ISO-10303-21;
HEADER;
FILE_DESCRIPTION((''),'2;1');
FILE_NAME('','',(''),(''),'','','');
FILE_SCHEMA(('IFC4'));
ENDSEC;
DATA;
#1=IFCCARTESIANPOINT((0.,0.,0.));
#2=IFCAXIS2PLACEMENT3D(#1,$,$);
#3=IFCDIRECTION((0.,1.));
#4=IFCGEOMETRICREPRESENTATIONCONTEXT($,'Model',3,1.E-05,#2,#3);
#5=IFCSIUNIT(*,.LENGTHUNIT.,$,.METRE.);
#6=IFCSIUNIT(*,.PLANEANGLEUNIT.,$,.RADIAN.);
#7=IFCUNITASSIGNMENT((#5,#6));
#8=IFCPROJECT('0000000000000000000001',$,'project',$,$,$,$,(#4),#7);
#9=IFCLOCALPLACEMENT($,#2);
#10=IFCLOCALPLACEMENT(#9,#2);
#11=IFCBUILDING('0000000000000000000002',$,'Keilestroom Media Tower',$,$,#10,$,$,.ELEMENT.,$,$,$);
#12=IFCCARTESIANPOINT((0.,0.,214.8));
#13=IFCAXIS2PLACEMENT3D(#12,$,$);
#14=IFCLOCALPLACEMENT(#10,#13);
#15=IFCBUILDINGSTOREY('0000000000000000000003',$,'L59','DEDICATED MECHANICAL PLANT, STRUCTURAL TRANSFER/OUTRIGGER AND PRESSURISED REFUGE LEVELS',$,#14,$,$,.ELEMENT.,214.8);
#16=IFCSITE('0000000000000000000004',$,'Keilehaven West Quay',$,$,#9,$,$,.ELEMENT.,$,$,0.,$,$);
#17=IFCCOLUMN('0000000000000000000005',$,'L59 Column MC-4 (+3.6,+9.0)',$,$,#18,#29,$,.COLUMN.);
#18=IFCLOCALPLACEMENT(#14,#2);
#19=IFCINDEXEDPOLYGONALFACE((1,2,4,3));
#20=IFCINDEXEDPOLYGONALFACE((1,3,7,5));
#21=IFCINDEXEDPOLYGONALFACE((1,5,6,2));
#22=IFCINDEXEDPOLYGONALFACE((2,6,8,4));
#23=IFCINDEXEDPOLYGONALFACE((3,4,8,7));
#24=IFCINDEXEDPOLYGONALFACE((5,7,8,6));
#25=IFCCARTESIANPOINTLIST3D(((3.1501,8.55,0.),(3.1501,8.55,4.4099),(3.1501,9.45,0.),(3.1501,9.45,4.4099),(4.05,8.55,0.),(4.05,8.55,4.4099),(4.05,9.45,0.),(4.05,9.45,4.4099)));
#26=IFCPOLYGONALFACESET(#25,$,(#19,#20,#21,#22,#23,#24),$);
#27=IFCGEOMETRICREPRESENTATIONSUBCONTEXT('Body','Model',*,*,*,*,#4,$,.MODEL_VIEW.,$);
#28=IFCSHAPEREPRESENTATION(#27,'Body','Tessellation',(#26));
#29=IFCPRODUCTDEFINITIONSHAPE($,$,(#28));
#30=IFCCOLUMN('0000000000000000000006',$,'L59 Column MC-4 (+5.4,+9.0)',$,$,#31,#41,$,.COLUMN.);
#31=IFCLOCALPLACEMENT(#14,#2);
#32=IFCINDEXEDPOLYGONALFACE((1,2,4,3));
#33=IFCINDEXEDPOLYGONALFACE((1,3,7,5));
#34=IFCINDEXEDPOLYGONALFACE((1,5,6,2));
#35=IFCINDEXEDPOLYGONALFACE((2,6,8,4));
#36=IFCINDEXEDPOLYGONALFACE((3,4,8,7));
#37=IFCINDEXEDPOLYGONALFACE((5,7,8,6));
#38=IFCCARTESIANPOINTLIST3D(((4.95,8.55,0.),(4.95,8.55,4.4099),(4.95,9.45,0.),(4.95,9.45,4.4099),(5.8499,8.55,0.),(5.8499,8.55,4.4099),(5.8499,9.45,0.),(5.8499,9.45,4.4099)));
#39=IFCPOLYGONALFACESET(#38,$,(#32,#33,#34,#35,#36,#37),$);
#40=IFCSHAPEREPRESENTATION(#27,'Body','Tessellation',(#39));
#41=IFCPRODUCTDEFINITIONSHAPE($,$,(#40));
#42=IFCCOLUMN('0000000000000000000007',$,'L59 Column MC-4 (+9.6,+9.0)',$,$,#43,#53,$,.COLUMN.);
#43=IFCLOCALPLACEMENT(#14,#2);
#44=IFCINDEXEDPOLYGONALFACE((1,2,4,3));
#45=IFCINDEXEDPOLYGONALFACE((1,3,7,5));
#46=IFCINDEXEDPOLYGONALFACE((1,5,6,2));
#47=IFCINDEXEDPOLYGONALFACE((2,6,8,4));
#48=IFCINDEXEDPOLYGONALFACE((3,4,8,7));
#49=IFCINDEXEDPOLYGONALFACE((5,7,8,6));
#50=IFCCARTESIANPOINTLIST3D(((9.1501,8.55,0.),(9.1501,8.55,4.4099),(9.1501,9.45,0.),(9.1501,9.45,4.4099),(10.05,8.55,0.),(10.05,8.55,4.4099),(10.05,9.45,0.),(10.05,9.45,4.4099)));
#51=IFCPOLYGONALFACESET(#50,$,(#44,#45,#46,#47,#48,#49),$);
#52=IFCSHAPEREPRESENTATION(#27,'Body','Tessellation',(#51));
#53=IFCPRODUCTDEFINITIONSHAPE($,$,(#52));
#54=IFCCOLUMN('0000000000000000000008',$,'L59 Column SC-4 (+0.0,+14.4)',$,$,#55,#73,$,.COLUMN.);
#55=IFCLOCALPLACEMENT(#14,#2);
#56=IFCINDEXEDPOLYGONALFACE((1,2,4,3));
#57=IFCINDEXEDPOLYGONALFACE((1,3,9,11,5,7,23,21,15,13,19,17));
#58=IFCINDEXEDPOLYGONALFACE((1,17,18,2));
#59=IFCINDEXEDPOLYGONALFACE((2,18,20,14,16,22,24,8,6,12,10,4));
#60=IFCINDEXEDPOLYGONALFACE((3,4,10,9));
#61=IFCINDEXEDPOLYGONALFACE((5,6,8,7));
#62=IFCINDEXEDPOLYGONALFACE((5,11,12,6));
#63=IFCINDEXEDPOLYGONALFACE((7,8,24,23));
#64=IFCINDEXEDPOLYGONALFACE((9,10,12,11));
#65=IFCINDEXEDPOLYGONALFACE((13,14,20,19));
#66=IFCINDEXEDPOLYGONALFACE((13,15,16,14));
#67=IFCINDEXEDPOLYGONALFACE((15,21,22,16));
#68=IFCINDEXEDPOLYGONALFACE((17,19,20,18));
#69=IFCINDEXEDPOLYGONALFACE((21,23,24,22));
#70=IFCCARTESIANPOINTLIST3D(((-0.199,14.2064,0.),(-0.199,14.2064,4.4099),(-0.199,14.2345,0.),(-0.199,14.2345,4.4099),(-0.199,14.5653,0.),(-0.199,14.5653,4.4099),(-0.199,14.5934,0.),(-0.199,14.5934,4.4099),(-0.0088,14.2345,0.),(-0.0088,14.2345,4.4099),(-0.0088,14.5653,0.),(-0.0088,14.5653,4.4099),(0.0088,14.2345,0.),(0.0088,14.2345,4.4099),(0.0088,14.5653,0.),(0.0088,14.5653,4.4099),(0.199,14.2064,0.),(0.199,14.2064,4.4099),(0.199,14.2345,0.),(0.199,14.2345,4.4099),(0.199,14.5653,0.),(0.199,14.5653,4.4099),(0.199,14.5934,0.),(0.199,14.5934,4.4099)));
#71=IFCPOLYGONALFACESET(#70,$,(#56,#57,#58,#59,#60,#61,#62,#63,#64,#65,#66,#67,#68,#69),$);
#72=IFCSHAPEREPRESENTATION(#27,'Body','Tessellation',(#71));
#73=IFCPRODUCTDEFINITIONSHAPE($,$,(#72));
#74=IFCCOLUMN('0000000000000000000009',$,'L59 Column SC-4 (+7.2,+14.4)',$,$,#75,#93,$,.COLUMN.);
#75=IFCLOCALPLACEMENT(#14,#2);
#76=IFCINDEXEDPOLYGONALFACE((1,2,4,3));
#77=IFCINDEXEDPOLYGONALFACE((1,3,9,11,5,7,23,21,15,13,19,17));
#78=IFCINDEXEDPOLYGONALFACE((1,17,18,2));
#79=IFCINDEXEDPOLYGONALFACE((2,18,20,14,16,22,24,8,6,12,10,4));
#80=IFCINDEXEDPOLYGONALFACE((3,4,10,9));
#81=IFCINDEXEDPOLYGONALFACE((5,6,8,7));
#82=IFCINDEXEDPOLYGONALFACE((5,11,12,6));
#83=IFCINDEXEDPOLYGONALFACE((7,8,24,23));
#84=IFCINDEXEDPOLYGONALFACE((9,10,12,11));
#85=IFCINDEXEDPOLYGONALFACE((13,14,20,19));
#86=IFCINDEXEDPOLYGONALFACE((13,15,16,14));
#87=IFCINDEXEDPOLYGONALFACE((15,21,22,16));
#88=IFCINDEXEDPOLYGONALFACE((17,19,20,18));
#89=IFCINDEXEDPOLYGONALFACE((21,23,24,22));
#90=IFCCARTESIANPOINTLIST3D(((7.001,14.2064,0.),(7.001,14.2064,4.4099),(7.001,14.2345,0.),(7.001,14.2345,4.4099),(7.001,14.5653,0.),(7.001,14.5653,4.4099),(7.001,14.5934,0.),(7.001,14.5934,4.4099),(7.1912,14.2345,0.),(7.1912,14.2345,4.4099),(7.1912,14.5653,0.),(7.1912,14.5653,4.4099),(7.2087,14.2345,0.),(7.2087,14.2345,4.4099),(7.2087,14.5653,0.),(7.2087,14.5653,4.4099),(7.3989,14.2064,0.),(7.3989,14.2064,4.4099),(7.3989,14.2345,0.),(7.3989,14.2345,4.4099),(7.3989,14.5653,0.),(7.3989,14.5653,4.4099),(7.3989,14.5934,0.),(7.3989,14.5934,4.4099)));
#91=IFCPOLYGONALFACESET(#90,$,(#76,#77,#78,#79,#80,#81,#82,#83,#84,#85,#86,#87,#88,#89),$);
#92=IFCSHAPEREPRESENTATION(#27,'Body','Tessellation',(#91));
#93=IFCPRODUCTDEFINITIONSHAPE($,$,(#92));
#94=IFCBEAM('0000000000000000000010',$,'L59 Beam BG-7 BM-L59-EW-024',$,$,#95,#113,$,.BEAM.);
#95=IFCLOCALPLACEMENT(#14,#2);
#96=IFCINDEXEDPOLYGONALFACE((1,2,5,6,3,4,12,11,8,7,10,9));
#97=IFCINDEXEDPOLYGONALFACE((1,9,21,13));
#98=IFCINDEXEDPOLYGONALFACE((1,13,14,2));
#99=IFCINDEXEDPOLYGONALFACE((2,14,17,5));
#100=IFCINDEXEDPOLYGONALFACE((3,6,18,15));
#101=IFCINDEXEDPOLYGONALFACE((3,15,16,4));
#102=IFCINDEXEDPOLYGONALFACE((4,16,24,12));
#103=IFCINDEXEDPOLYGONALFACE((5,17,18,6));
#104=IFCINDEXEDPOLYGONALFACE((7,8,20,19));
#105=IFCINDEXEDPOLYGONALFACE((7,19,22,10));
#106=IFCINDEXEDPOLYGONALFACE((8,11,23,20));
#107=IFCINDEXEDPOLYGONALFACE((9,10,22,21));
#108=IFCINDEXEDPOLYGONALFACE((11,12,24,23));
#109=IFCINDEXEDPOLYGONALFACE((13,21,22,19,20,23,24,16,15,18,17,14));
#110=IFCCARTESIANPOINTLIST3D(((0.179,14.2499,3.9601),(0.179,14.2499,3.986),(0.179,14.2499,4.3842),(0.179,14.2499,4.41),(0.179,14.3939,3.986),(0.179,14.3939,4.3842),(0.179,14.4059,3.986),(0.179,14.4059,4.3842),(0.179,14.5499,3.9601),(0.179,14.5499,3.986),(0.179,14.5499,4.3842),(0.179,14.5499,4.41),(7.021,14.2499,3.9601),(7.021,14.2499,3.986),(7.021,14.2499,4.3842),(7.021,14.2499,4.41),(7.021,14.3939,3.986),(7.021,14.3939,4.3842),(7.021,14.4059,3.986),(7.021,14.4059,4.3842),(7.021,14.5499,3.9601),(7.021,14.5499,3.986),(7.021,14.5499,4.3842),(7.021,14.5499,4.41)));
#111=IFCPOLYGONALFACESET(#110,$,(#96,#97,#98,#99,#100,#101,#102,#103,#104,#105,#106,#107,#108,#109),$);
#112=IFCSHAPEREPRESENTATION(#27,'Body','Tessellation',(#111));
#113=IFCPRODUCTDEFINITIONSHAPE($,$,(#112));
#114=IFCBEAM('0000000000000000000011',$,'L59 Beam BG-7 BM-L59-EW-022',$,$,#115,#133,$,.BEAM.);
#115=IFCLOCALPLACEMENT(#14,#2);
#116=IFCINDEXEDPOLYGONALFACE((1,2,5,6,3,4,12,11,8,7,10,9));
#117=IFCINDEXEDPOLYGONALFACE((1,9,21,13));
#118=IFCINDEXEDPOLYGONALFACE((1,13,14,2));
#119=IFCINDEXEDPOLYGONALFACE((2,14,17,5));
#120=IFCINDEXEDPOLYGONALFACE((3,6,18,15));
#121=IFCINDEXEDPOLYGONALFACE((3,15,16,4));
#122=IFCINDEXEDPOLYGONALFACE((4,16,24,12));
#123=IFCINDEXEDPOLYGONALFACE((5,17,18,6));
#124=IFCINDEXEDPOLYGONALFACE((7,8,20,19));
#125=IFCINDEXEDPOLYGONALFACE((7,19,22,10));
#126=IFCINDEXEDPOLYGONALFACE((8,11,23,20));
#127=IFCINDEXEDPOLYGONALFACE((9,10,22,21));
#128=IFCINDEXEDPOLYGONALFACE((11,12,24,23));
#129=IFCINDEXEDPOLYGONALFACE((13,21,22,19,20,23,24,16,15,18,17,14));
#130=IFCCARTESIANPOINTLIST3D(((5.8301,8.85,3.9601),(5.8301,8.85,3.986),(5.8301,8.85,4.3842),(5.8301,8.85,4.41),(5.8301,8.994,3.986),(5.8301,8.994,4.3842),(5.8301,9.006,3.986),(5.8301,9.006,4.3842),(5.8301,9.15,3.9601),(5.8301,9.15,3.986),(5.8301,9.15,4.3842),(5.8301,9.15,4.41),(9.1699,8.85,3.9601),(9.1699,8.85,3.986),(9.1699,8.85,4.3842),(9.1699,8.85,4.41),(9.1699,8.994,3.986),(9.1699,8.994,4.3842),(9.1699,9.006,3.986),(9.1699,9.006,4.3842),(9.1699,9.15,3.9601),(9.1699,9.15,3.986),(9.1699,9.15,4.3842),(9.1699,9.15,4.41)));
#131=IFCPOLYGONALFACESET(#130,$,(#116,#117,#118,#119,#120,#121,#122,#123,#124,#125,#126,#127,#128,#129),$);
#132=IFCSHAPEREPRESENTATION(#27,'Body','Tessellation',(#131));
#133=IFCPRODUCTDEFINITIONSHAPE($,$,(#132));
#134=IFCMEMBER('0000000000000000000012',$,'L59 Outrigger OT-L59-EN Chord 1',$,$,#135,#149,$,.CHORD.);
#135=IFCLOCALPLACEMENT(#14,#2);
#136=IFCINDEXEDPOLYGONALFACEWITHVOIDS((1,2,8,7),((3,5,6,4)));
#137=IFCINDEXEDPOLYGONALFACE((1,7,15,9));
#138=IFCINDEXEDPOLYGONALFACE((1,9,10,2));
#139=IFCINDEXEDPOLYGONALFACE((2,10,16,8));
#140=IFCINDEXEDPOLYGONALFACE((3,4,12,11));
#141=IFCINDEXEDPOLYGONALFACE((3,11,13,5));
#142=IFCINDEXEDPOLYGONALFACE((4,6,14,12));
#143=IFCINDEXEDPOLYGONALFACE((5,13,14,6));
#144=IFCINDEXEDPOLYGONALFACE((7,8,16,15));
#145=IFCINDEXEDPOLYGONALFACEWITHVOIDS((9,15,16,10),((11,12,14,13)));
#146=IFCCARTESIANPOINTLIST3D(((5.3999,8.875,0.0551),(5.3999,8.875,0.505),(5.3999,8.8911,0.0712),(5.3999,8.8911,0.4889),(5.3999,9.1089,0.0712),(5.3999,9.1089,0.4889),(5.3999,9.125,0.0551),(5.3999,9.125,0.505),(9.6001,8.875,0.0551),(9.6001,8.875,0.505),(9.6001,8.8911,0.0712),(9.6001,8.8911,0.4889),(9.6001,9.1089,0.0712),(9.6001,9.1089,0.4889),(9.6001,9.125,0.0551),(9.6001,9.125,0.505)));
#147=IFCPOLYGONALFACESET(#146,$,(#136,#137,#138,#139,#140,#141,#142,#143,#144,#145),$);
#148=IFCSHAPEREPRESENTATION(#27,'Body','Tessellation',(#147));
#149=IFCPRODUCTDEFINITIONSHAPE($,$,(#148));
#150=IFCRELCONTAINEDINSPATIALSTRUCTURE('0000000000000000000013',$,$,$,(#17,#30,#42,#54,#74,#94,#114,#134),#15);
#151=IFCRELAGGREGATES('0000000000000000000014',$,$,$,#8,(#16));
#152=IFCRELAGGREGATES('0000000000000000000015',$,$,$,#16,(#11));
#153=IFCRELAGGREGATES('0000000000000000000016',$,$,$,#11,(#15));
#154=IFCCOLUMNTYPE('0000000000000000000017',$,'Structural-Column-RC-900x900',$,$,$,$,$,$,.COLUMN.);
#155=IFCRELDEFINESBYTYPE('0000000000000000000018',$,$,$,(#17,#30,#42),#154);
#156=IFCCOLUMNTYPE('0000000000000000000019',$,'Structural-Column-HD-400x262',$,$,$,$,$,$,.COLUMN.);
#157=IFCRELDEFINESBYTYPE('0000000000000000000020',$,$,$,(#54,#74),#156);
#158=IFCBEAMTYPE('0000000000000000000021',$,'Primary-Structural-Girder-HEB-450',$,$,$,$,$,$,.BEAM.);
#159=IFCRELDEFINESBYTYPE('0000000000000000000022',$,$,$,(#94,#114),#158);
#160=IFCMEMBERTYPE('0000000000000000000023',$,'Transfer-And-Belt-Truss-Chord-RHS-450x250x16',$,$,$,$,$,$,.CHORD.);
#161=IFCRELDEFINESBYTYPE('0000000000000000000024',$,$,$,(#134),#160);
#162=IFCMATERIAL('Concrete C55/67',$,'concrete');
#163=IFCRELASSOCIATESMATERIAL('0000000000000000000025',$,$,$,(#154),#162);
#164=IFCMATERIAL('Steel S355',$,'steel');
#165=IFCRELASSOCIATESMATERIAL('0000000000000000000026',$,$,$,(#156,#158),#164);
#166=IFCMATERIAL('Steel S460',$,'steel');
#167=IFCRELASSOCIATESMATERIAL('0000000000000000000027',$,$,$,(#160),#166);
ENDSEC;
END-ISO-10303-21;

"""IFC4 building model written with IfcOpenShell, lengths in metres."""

from ifc_helpers import new_model, si_unit, direction, frame, origin, origin_2d, place, context, subcontext, project, spatial, rectangle, hollow_rectangle, i_section, extrude, source, transform, mapped, material, material_profile, profile_set, type_object, element, save


model = new_model("IFC4")

# Units and contexts
model_context = context("Model", 3, precision=1e-05, world=origin(), true_north=direction((0.0, 1.0)))
body_context = subcontext(model_context, "Body", "Model", "MODEL_VIEW")
ifc_project = project(units=[si_unit("LENGTHUNIT", "METRE"), si_unit("PLANEANGLEUNIT", "RADIAN")], contexts=[model_context])

# Site, building, storey
site_placement = place(None, origin())
site = spatial("IfcSite", under=ifc_project, at=site_placement, Name="Keilehaven West Quay", CompositionType="ELEMENT", RefElevation=0.0)
building_placement = place(site_placement, origin())
building = spatial("IfcBuilding", under=site, at=building_placement, Name="Keilestroom Media Tower", CompositionType="ELEMENT")
storey_placement = place(building_placement, frame((0.0, 0.0, 214.8)))
storey = spatial("IfcBuildingStorey", under=building, at=storey_placement, Name="L59", Description="DEDICATED MECHANICAL PLANT, STRUCTURAL TRANSFER/OUTRIGGER AND PRESSURISED REFUGE LEVELS", CompositionType="ELEMENT", Elevation=214.8)

# Columns
ifc_material_1 = material(Name="Concrete C55/67", Category="concrete")
ifc_material_profile_1 = material_profile(ifc_material_1, rectangle(XDim=0.8999, YDim=0.8999, at=origin_2d()), Name="RC 900x900")
ifc_profile_set_1 = profile_set([ifc_material_profile_1], Name="Concrete C55/67")
column_type_1 = type_object("IfcColumnType", Name="Structural-Column-RC-900x900", PredefinedType="COLUMN", material=ifc_profile_set_1)
shared_shape_1 = source(origin(), body_context, "Body", "SweptSolid", [
    extrude(rectangle(XDim=0.8999, YDim=0.8999, at=origin_2d()), origin(), (0.0, 0.0, 1.0), 4.4099),
])
for number, where, z_axis, x_axis, name in (
    (1, (3.6001, 9.0, 0.0), (0.0, 0.0, 1.0), (1.0, 0.0, 0.0), "L59 Column MC-4 (+3.6,+9.0)"),
    (2, (5.3999, 9.0, 0.0), (0.0, 0.0, 1.0), (1.0, 0.0, 0.0), "L59 Column MC-4 (+5.4,+9.0)"),
    (3, (9.6001, 9.0, 0.0), (0.0, 0.0, 1.0), (1.0, 0.0, 0.0), "L59 Column MC-4 (+9.6,+9.0)"),
):
    element("IfcColumn", number, at=place(storey_placement, frame(where, z_axis=z_axis, x_axis=x_axis)), inside=storey, type_object=column_type_1, Name=name, PredefinedType="COLUMN", context=body_context, shape_type="MappedRepresentation", body=[
        mapped(shared_shape_1, transform((0.0, 0.0, 0.0), x_axis=(1.0, 0.0, 0.0), y_axis=(0.0, 1.0, 0.0), z_axis=(0.0, 0.0, 1.0), scale=1.0)),
    ])
ifc_material_2 = material(Name="Steel S355", Category="steel")
ifc_material_profile_2 = material_profile(ifc_material_2, i_section(OverallWidth=0.3979, OverallDepth=0.387, WebThickness=0.0176, FlangeThickness=0.0281, at=origin_2d()), Name="HD 400x262")
ifc_profile_set_2 = profile_set([ifc_material_profile_2], Name="Steel S355")
column_type_2 = type_object("IfcColumnType", Name="Structural-Column-HD-400x262", PredefinedType="COLUMN", material=ifc_profile_set_2)
shared_shape_2 = source(origin(), body_context, "Body", "SweptSolid", [
    extrude(i_section(OverallWidth=0.3979, OverallDepth=0.387, WebThickness=0.0176, FlangeThickness=0.0281, at=origin_2d()), origin(), (0.0, 0.0, 1.0), 4.4099),
])
for number, where, z_axis, x_axis, name in (
    (4, (0.0, 14.3999, 0.0), (0.0, 0.0, 1.0), (1.0, 0.0, 0.0), "L59 Column SC-4 (+0.0,+14.4)"),
    (5, (7.2, 14.3999, 0.0), (0.0, 0.0, 1.0), (1.0, 0.0, 0.0), "L59 Column SC-4 (+7.2,+14.4)"),
):
    element("IfcColumn", number, at=place(storey_placement, frame(where, z_axis=z_axis, x_axis=x_axis)), inside=storey, type_object=column_type_2, Name=name, PredefinedType="COLUMN", context=body_context, shape_type="MappedRepresentation", body=[
        mapped(shared_shape_2, transform((0.0, 0.0, 0.0), x_axis=(1.0, 0.0, 0.0), y_axis=(0.0, 1.0, 0.0), z_axis=(0.0, 0.0, 1.0), scale=1.0)),
    ])

# Beams
ifc_material_profile_3 = material_profile(ifc_material_2, i_section(OverallWidth=0.3, OverallDepth=0.45, WebThickness=0.012, FlangeThickness=0.0259, at=origin_2d()), Name="HEB 450")
ifc_profile_set_3 = profile_set([ifc_material_profile_3], Name="Steel S355")
beam_type = type_object("IfcBeamType", Name="Primary-Structural-Girder-HEB-450", PredefinedType="BEAM", material=ifc_profile_set_3)
shared_shape_3 = source(origin(), body_context, "Body", "SweptSolid", [
    extrude(i_section(OverallWidth=0.3, OverallDepth=0.45, WebThickness=0.012, FlangeThickness=0.0259, at=origin_2d()), origin(), (0.0, 0.0, 1.0), 6.842),
])
beam_1_placement = place(storey_placement, frame((0.179, 14.3999, 4.1851), z_axis=(1.0, 0.0, 0.0), x_axis=(0.0, 1.0, 0.0)))
element("IfcBeam", 6, at=beam_1_placement, inside=storey, type_object=beam_type, Name="L59 Beam BG-7 BM-L59-EW-024", PredefinedType="BEAM", context=body_context, shape_type="MappedRepresentation", body=[
    mapped(shared_shape_3, transform((0.0, 0.0, 0.0), x_axis=(1.0, 0.0, 0.0), y_axis=(0.0, 1.0, 0.0), z_axis=(0.0, 0.0, 1.0), scale=1.0)),
])
shared_shape_4 = source(origin(), body_context, "Body", "SweptSolid", [
    extrude(i_section(OverallWidth=0.3, OverallDepth=0.45, WebThickness=0.012, FlangeThickness=0.0259, at=origin_2d()), origin(), (0.0, 0.0, 1.0), 3.3398),
])
beam_2_placement = place(storey_placement, frame((5.8301, 9.0, 4.1851), z_axis=(1.0, 0.0, 0.0), x_axis=(0.0, 1.0, 0.0)))
element("IfcBeam", 7, at=beam_2_placement, inside=storey, type_object=beam_type, Name="L59 Beam BG-7 BM-L59-EW-022", PredefinedType="BEAM", context=body_context, shape_type="MappedRepresentation", body=[
    mapped(shared_shape_4, transform((0.0, 0.0, 0.0), x_axis=(1.0, 0.0, 0.0), y_axis=(0.0, 1.0, 0.0), z_axis=(0.0, 0.0, 1.0), scale=1.0)),
])

# Member
ifc_material_3 = material(Name="Steel S460", Category="steel")
ifc_material_profile_4 = material_profile(ifc_material_3, hollow_rectangle(XDim=0.25, YDim=0.45, WallThickness=0.0161, at=origin_2d()), Name="RHS 450x250x16")
ifc_profile_set_4 = profile_set([ifc_material_profile_4], Name="Steel S460")
member_type_1 = type_object("IfcMemberType", Name="Transfer-And-Belt-Truss-Chord-RHS-450x250x16", PredefinedType="CHORD", material=ifc_profile_set_4)
shared_shape_5 = source(origin(), body_context, "Body", "SweptSolid", [
    extrude(hollow_rectangle(XDim=0.25, YDim=0.45, WallThickness=0.0161, at=origin_2d()), origin(), (0.0, 0.0, 1.0), 4.2002),
])
member_1_placement = place(storey_placement, frame((5.3999, 9.0, 0.28), z_axis=(1.0, 0.0, 0.0), x_axis=(0.0, 1.0, 0.0)))
element("IfcMember", 8, at=member_1_placement, inside=storey, type_object=member_type_1, Name="L59 Outrigger OT-L59-EN Chord 1", PredefinedType="CHORD", context=body_context, shape_type="MappedRepresentation", body=[
    mapped(shared_shape_5, transform((0.0, 0.0, 0.0), x_axis=(1.0, 0.0, 0.0), y_axis=(0.0, 1.0, 0.0), z_axis=(0.0, 0.0, 1.0), scale=1.0)),
])

save(model, "model.ifc")
